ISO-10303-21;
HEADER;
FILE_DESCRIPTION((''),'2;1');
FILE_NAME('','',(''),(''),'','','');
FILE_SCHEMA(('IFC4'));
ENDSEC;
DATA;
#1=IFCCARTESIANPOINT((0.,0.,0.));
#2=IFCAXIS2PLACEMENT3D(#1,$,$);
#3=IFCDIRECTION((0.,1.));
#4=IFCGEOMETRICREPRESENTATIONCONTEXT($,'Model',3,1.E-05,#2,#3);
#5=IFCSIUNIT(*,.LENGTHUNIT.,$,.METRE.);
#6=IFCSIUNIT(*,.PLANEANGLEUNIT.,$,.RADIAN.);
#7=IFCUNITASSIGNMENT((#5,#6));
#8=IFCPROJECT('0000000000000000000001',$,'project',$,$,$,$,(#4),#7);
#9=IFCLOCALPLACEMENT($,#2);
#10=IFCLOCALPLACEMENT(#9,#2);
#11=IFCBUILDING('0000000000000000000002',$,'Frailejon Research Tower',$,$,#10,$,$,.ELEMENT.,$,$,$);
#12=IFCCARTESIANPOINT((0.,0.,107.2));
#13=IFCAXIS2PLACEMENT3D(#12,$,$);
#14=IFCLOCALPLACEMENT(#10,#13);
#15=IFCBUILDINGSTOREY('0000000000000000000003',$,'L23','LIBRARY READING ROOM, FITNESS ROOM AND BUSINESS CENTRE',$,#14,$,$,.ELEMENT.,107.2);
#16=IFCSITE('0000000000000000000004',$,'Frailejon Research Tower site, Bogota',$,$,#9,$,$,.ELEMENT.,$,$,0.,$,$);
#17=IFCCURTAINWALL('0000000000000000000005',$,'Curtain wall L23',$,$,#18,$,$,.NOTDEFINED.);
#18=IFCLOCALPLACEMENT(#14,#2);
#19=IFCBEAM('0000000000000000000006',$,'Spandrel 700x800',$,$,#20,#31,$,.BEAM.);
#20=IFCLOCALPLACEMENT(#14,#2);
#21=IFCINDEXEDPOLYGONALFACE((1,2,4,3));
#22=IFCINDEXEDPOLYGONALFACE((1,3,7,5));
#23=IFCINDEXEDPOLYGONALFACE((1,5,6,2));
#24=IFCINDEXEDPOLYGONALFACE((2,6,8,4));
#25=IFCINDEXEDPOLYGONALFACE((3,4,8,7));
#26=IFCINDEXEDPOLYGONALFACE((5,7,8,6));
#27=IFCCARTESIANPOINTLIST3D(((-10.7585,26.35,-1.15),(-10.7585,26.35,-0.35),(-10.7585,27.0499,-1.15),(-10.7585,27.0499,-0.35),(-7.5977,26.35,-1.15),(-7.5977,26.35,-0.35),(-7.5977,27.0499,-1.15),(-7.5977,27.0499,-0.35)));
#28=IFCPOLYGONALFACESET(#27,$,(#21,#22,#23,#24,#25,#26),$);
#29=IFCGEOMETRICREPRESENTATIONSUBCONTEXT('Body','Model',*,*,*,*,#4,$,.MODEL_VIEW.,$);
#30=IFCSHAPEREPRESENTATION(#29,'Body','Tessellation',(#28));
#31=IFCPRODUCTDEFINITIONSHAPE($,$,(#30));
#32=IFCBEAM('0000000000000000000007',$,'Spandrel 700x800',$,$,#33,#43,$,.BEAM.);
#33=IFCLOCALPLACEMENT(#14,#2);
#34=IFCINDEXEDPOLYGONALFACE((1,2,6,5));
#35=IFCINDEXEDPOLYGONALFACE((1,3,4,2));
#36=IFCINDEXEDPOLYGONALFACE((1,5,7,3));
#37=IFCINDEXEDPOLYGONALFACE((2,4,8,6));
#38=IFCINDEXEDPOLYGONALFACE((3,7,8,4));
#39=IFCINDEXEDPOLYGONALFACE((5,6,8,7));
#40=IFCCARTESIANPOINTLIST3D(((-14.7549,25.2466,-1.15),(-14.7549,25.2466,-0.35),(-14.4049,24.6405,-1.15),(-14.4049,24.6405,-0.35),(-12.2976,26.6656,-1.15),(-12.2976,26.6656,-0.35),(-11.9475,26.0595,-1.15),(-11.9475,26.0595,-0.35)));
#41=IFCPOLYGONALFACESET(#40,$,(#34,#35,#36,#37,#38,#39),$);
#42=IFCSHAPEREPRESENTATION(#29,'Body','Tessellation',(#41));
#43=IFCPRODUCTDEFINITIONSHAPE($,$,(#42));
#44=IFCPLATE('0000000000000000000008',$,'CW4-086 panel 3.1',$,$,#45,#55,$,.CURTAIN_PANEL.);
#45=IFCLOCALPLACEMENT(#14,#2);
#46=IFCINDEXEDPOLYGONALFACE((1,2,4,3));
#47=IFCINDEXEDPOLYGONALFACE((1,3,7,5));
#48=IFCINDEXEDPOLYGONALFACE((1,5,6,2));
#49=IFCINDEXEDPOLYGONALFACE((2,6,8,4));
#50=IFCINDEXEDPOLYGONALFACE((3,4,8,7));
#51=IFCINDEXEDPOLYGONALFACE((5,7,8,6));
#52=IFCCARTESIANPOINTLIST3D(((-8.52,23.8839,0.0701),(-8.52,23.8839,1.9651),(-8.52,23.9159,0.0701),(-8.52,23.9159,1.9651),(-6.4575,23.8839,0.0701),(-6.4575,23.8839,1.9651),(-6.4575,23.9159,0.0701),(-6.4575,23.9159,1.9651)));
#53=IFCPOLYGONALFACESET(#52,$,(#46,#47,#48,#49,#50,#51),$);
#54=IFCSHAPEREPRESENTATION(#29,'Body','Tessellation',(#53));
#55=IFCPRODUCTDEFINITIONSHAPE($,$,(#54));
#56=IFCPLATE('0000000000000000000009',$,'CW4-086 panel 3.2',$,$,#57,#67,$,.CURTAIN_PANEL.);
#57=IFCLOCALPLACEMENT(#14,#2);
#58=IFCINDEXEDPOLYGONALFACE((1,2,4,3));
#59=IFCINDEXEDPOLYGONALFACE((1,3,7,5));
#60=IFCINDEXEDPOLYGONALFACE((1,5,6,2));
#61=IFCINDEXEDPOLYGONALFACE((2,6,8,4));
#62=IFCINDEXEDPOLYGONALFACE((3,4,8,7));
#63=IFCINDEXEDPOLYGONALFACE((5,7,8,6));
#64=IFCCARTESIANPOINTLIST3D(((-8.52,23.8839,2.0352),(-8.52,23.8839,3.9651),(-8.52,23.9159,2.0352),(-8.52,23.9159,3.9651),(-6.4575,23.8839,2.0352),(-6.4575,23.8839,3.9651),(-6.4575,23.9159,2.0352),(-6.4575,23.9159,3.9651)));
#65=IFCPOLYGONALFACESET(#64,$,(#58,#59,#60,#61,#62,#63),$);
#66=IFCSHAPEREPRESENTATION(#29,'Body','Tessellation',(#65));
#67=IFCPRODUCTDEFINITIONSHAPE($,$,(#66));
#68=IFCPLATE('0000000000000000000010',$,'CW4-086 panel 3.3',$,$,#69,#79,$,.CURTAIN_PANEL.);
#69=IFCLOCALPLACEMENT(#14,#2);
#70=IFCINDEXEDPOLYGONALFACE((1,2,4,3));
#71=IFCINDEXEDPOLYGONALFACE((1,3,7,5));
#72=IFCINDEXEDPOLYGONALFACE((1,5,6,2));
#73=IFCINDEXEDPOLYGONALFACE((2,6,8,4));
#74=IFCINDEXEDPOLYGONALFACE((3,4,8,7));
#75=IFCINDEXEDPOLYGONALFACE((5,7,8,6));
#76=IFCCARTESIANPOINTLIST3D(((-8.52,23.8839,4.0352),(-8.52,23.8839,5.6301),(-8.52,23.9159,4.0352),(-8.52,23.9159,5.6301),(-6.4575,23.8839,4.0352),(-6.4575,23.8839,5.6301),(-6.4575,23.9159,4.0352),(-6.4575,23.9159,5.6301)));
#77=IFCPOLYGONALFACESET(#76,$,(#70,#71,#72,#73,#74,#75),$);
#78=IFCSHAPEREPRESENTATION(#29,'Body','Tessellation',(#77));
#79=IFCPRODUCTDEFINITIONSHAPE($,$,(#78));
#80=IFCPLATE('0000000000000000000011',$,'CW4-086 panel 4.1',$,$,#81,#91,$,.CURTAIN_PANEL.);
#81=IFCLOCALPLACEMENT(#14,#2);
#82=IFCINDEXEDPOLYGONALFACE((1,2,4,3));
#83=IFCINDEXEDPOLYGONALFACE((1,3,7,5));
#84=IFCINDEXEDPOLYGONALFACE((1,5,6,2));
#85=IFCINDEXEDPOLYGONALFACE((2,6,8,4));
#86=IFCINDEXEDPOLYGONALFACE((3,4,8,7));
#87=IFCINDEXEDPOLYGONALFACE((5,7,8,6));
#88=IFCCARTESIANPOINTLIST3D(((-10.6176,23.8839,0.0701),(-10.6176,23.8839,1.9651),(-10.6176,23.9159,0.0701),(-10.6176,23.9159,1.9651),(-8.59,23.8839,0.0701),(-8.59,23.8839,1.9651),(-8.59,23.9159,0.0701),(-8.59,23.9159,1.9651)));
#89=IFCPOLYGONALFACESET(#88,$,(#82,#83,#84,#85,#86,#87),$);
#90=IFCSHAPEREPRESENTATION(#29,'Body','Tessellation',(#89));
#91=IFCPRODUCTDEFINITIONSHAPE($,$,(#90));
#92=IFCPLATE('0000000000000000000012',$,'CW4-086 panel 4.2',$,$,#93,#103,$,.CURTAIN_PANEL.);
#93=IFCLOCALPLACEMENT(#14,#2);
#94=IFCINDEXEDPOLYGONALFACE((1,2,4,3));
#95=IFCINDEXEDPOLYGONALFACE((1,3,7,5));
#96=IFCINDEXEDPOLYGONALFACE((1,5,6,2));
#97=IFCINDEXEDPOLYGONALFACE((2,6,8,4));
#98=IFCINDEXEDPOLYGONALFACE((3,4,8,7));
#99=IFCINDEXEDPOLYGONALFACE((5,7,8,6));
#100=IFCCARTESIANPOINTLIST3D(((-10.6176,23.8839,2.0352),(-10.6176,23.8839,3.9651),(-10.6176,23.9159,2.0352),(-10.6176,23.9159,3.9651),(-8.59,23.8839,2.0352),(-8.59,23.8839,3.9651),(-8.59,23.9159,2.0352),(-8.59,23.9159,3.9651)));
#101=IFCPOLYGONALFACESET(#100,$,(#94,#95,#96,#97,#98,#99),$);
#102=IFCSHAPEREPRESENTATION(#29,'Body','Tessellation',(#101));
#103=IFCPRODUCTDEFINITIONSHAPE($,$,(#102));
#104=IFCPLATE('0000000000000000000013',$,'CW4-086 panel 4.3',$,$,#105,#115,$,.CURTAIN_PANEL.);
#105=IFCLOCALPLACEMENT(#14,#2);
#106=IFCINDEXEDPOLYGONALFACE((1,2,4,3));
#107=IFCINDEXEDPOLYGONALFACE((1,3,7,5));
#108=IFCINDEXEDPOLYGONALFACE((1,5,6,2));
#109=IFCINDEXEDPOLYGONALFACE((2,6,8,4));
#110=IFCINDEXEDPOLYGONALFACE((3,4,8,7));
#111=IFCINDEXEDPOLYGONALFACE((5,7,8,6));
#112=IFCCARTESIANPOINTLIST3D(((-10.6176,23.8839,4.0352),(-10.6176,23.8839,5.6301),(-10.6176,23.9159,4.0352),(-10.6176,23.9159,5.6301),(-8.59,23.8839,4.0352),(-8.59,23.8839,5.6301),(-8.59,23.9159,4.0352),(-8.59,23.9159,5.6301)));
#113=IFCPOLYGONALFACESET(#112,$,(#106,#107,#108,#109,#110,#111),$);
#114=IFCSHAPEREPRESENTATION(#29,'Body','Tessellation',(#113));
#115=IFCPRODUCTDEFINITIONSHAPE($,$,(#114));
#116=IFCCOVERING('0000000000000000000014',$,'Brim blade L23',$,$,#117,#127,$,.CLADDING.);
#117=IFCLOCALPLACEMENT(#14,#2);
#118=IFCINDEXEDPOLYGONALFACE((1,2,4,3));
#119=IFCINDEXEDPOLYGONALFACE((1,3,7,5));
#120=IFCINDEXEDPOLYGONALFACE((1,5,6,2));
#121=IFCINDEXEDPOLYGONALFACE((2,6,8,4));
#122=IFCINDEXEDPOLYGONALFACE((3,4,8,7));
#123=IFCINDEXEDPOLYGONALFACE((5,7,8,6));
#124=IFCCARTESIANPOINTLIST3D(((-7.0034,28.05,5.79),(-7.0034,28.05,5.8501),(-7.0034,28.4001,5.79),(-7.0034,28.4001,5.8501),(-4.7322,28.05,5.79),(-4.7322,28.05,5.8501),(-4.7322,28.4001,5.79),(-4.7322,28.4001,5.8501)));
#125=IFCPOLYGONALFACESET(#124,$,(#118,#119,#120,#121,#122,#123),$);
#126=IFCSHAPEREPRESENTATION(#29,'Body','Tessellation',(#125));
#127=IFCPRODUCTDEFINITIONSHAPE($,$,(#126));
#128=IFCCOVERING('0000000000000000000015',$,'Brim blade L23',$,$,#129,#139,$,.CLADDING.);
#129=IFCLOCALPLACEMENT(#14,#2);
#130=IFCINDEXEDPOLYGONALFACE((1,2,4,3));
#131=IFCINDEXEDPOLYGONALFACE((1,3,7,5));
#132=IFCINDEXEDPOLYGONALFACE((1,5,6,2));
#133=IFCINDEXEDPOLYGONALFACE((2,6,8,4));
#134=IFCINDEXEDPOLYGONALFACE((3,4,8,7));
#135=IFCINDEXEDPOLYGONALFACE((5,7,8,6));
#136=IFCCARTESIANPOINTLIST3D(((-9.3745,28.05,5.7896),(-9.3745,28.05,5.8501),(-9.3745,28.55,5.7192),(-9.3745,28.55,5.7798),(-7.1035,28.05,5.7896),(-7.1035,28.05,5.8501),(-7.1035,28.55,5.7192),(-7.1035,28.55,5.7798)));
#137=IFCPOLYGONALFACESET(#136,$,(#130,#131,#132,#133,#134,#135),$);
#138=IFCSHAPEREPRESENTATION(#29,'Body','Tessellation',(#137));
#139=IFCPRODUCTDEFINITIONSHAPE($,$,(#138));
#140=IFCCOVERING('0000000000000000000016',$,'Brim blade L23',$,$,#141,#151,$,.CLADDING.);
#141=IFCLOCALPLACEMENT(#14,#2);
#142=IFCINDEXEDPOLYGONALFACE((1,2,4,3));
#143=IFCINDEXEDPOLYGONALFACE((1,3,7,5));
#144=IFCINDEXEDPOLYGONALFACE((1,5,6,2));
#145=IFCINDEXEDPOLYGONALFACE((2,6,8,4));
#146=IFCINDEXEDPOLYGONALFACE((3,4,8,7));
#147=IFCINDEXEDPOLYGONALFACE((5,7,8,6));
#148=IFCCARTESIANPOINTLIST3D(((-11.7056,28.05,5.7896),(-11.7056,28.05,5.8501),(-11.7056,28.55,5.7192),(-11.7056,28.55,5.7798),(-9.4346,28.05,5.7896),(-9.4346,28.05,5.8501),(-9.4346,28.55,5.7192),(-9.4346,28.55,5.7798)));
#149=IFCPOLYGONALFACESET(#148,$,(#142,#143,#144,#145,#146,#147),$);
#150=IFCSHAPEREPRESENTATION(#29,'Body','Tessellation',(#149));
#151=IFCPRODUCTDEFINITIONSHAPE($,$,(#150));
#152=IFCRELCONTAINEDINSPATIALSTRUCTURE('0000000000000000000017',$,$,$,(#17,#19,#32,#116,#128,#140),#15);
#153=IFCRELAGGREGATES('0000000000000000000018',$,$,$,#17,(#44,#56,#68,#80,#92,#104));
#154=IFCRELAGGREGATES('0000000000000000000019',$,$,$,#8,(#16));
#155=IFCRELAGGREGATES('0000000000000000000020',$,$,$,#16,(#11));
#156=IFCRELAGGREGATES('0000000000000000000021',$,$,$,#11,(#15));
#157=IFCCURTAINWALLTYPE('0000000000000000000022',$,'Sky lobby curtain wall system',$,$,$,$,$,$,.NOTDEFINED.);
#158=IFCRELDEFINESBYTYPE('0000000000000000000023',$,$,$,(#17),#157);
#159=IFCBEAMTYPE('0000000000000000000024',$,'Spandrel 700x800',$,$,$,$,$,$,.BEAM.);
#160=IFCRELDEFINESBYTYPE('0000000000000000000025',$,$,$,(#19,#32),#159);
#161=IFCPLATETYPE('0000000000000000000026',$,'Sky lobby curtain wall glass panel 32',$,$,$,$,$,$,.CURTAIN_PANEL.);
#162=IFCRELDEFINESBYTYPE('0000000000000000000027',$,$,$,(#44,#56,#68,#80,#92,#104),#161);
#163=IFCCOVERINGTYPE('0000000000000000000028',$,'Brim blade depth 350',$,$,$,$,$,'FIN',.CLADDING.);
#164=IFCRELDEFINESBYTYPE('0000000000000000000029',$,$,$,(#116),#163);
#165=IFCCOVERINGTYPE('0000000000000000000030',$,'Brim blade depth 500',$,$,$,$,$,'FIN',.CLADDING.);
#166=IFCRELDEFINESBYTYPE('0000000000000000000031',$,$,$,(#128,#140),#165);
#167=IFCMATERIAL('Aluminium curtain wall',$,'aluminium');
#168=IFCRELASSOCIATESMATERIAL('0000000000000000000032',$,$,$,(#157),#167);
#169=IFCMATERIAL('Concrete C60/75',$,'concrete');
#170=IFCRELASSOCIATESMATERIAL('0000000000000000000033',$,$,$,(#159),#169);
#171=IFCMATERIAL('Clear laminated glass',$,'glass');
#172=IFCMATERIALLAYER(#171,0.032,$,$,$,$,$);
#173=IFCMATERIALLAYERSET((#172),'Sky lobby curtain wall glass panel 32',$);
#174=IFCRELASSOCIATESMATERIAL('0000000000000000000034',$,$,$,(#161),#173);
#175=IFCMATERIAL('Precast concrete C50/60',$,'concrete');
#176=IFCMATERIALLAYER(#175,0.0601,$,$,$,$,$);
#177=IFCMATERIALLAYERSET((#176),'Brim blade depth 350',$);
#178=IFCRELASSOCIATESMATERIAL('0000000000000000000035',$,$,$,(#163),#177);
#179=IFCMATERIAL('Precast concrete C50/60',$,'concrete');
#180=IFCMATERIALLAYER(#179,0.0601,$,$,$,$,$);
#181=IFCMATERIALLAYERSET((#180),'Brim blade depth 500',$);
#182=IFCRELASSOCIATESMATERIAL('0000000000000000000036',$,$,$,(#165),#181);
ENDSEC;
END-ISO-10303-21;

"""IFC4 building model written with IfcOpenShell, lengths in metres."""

from ifc_helpers import new_model, si_unit, direction, frame, origin, origin_2d, place, context, subcontext, project, spatial, polyline, rectangle, outline, extrude, material, layer, layer_set, material_profile, profile_set, type_object, element, aggregate, save


model = new_model("IFC4")

# Units and contexts
model_context = context("Model", 3, precision=1e-05, world=origin(), true_north=direction((0.0, 1.0)))
body_context = subcontext(model_context, "Body", "Model", "MODEL_VIEW")
ifc_project = project(units=[si_unit("LENGTHUNIT", "METRE"), si_unit("PLANEANGLEUNIT", "RADIAN")], contexts=[model_context])

# Site, building, storey
site_placement = place(None, origin())
site = spatial("IfcSite", under=ifc_project, at=site_placement, Name="Frailejon Research Tower site, Bogota", CompositionType="ELEMENT", RefElevation=0.0)
building_placement = place(site_placement, origin())
building = spatial("IfcBuilding", under=site, at=building_placement, Name="Frailejon Research Tower", CompositionType="ELEMENT")
storey_placement = place(building_placement, frame((0.0, 0.0, 107.2)))
storey = spatial("IfcBuildingStorey", under=building, at=storey_placement, Name="L23", Description="LIBRARY READING ROOM, FITNESS ROOM AND BUSINESS CENTRE", CompositionType="ELEMENT", Elevation=107.2)

# Curtain wall
ifc_material_1 = material(Name="Aluminium curtain wall", Category="aluminium")
curtain_wall_type = type_object("IfcCurtainWallType", Name="Sky lobby curtain wall system", PredefinedType="NOTDEFINED", material=ifc_material_1)
curtain_wall_1_placement = place(storey_placement, origin())
curtain_wall_1 = element("IfcCurtainWall", 1, at=curtain_wall_1_placement, inside=storey, type_object=curtain_wall_type, Name="Curtain wall L23", PredefinedType="NOTDEFINED")

# Beams
ifc_material_2 = material(Name="Concrete C60/75", Category="concrete")
ifc_material_profile_1 = material_profile(ifc_material_2, rectangle(XDim=0.7, YDim=0.8, at=origin_2d()), Name="Spandrel 700x800")
ifc_profile_set_1 = profile_set([ifc_material_profile_1], Name="Concrete C60/75")
beam_type_1 = type_object("IfcBeamType", Name="Spandrel 700x800", PredefinedType="BEAM", material=ifc_profile_set_1)
beam_1_placement = place(storey_placement, frame((-7.5977, 26.7, -0.75), z_axis=(-1.0, 0.0, 0.0), x_axis=(0.0, -1.0, 0.0)))
element("IfcBeam", 2, at=beam_1_placement, inside=storey, type_object=beam_type_1, Name="Spandrel 700x800", PredefinedType="BEAM", context=body_context, shape_type="SweptSolid", body=[
    extrude(rectangle(XDim=0.7, YDim=0.8, at=origin_2d()), origin(), (0.0, 0.0, 1.0), 3.1609),
])
beam_2_placement = place(storey_placement, frame((-12.1226, 26.3625, -0.75), z_axis=(-0.865989, -0.500063, 0.0), x_axis=(0.500063, -0.865989, 0.0)))
element("IfcBeam", 3, at=beam_2_placement, inside=storey, type_object=beam_type_1, Name="Spandrel 700x800", PredefinedType="BEAM", context=body_context, shape_type="SweptSolid", body=[
    extrude(rectangle(XDim=0.7, YDim=0.8, at=origin_2d()), origin(), (0.0, 0.0, 1.0), 2.8376),
])

# Plates
ifc_material_3 = material(Name="Clear laminated glass", Category="glass")
ifc_layer_1 = layer(ifc_material_3, 0.032)
ifc_layer_set_1 = layer_set([ifc_layer_1], Name="Sky lobby curtain wall glass panel 32")
plate_type = type_object("IfcPlateType", Name="Sky lobby curtain wall glass panel 32", PredefinedType="CURTAIN_PANEL", material=ifc_layer_set_1)
plate_1_placement = place(storey_placement, frame((-7.4888, 23.8999, 0.0701), z_axis=(0.0, 0.0, 1.0), x_axis=(-1.0, 0.0, 0.0)))
plate_1 = element("IfcPlate", 4, at=plate_1_placement, type_object=plate_type, Name="CW4-086 panel 3.1", PredefinedType="CURTAIN_PANEL", context=body_context, shape_type="SweptSolid", body=[
    extrude(rectangle(XDim=2.0625, YDim=0.032, at=origin_2d()), origin(), (0.0, 0.0, 1.0), 1.895),
])
plate_2_placement = place(storey_placement, frame((-7.4888, 23.8999, 2.0352), z_axis=(0.0, 0.0, 1.0), x_axis=(-1.0, 0.0, 0.0)))
plate_2 = element("IfcPlate", 5, at=plate_2_placement, type_object=plate_type, Name="CW4-086 panel 3.2", PredefinedType="CURTAIN_PANEL", context=body_context, shape_type="SweptSolid", body=[
    extrude(rectangle(XDim=2.0625, YDim=0.032, at=origin_2d()), origin(), (0.0, 0.0, 1.0), 1.9299),
])
plate_3_placement = place(storey_placement, frame((-7.4888, 23.8999, 4.0352), z_axis=(0.0, 0.0, 1.0), x_axis=(-1.0, 0.0, 0.0)))
plate_3 = element("IfcPlate", 6, at=plate_3_placement, type_object=plate_type, Name="CW4-086 panel 3.3", PredefinedType="CURTAIN_PANEL", context=body_context, shape_type="SweptSolid", body=[
    extrude(rectangle(XDim=2.0625, YDim=0.032, at=origin_2d()), origin(), (0.0, 0.0, 1.0), 1.595),
])
plate_4_placement = place(storey_placement, frame((-9.6038, 23.8999, 0.0701), z_axis=(0.0, 0.0, 1.0), x_axis=(-1.0, 0.0, 0.0)))
plate_4 = element("IfcPlate", 7, at=plate_4_placement, type_object=plate_type, Name="CW4-086 panel 4.1", PredefinedType="CURTAIN_PANEL", context=body_context, shape_type="SweptSolid", body=[
    extrude(rectangle(XDim=2.0276, YDim=0.032, at=origin_2d()), origin(), (0.0, 0.0, 1.0), 1.895),
])
plate_5_placement = place(storey_placement, frame((-9.6038, 23.8999, 2.0352), z_axis=(0.0, 0.0, 1.0), x_axis=(-1.0, 0.0, 0.0)))
plate_5 = element("IfcPlate", 8, at=plate_5_placement, type_object=plate_type, Name="CW4-086 panel 4.2", PredefinedType="CURTAIN_PANEL", context=body_context, shape_type="SweptSolid", body=[
    extrude(rectangle(XDim=2.0276, YDim=0.032, at=origin_2d()), origin(), (0.0, 0.0, 1.0), 1.9299),
])
plate_6_placement = place(storey_placement, frame((-9.6038, 23.8999, 4.0352), z_axis=(0.0, 0.0, 1.0), x_axis=(-1.0, 0.0, 0.0)))
plate_6 = element("IfcPlate", 9, at=plate_6_placement, type_object=plate_type, Name="CW4-086 panel 4.3", PredefinedType="CURTAIN_PANEL", context=body_context, shape_type="SweptSolid", body=[
    extrude(rectangle(XDim=2.0276, YDim=0.032, at=origin_2d()), origin(), (0.0, 0.0, 1.0), 1.595),
])
aggregate(curtain_wall_1, [plate_1, plate_2, plate_3, plate_4, plate_5, plate_6])

# Coverings
ifc_material_4 = material(Name="Precast concrete C50/60", Category="concrete")
ifc_layer_2 = layer(ifc_material_4, 0.0601)
ifc_layer_set_2 = layer_set([ifc_layer_2], Name="Brim blade depth 350")
covering_type_1 = type_object("IfcCoveringType", Name="Brim blade depth 350", ElementType="FIN", PredefinedType="CLADDING", material=ifc_layer_set_2)
covering_placement = place(storey_placement, frame((-7.0034, 28.05, 5.8501), z_axis=(1.0, 0.0, 0.0), x_axis=(0.0, 1.0, 0.0)))
element("IfcCovering", 10, at=covering_placement, inside=storey, type_object=covering_type_1, Name="Brim blade L23", PredefinedType="CLADDING", context=body_context, shape_type="SweptSolid", body=[
    extrude(outline(polyline([(0.0, -0.0601), (0.3501, -0.0601), (0.3501, 0.0), (0.0, 0.0), (0.0, -0.0601)])), origin(), (0.0, 0.0, 1.0), 2.2712),
])
ifc_material_5 = material(Name="Precast concrete C50/60", Category="concrete")
ifc_layer_3 = layer(ifc_material_5, 0.0601)
ifc_layer_set_3 = layer_set([ifc_layer_3], Name="Brim blade depth 500")
covering_type_2 = type_object("IfcCoveringType", Name="Brim blade depth 500", ElementType="FIN", PredefinedType="CLADDING", material=ifc_layer_set_3)
for number, where, z_axis, x_axis, name in (
    (11, (-9.3745, 28.05, 5.8501), (1.0, 0.0, 0.0), (0.0, 1.0, 0.0), "Brim blade L23"),
    (12, (-11.7056, 28.05, 5.8501), (1.0, 0.0, 0.0), (0.0, 1.0, 0.0), "Brim blade L23"),
):
    element("IfcCovering", number, at=place(storey_placement, frame(where, z_axis=z_axis, x_axis=x_axis)), inside=storey, type_object=covering_type_2, Name=name, PredefinedType="CLADDING", context=body_context, shape_type="SweptSolid", body=[
        extrude(outline(polyline([(0.0, -0.0605), (0.5, -0.1309), (0.5, -0.0703), (0.0, 0.0), (0.0, -0.0605)])), origin(), (0.0, 0.0, 1.0), 2.271),
    ])

save(model, "model.ifc")
